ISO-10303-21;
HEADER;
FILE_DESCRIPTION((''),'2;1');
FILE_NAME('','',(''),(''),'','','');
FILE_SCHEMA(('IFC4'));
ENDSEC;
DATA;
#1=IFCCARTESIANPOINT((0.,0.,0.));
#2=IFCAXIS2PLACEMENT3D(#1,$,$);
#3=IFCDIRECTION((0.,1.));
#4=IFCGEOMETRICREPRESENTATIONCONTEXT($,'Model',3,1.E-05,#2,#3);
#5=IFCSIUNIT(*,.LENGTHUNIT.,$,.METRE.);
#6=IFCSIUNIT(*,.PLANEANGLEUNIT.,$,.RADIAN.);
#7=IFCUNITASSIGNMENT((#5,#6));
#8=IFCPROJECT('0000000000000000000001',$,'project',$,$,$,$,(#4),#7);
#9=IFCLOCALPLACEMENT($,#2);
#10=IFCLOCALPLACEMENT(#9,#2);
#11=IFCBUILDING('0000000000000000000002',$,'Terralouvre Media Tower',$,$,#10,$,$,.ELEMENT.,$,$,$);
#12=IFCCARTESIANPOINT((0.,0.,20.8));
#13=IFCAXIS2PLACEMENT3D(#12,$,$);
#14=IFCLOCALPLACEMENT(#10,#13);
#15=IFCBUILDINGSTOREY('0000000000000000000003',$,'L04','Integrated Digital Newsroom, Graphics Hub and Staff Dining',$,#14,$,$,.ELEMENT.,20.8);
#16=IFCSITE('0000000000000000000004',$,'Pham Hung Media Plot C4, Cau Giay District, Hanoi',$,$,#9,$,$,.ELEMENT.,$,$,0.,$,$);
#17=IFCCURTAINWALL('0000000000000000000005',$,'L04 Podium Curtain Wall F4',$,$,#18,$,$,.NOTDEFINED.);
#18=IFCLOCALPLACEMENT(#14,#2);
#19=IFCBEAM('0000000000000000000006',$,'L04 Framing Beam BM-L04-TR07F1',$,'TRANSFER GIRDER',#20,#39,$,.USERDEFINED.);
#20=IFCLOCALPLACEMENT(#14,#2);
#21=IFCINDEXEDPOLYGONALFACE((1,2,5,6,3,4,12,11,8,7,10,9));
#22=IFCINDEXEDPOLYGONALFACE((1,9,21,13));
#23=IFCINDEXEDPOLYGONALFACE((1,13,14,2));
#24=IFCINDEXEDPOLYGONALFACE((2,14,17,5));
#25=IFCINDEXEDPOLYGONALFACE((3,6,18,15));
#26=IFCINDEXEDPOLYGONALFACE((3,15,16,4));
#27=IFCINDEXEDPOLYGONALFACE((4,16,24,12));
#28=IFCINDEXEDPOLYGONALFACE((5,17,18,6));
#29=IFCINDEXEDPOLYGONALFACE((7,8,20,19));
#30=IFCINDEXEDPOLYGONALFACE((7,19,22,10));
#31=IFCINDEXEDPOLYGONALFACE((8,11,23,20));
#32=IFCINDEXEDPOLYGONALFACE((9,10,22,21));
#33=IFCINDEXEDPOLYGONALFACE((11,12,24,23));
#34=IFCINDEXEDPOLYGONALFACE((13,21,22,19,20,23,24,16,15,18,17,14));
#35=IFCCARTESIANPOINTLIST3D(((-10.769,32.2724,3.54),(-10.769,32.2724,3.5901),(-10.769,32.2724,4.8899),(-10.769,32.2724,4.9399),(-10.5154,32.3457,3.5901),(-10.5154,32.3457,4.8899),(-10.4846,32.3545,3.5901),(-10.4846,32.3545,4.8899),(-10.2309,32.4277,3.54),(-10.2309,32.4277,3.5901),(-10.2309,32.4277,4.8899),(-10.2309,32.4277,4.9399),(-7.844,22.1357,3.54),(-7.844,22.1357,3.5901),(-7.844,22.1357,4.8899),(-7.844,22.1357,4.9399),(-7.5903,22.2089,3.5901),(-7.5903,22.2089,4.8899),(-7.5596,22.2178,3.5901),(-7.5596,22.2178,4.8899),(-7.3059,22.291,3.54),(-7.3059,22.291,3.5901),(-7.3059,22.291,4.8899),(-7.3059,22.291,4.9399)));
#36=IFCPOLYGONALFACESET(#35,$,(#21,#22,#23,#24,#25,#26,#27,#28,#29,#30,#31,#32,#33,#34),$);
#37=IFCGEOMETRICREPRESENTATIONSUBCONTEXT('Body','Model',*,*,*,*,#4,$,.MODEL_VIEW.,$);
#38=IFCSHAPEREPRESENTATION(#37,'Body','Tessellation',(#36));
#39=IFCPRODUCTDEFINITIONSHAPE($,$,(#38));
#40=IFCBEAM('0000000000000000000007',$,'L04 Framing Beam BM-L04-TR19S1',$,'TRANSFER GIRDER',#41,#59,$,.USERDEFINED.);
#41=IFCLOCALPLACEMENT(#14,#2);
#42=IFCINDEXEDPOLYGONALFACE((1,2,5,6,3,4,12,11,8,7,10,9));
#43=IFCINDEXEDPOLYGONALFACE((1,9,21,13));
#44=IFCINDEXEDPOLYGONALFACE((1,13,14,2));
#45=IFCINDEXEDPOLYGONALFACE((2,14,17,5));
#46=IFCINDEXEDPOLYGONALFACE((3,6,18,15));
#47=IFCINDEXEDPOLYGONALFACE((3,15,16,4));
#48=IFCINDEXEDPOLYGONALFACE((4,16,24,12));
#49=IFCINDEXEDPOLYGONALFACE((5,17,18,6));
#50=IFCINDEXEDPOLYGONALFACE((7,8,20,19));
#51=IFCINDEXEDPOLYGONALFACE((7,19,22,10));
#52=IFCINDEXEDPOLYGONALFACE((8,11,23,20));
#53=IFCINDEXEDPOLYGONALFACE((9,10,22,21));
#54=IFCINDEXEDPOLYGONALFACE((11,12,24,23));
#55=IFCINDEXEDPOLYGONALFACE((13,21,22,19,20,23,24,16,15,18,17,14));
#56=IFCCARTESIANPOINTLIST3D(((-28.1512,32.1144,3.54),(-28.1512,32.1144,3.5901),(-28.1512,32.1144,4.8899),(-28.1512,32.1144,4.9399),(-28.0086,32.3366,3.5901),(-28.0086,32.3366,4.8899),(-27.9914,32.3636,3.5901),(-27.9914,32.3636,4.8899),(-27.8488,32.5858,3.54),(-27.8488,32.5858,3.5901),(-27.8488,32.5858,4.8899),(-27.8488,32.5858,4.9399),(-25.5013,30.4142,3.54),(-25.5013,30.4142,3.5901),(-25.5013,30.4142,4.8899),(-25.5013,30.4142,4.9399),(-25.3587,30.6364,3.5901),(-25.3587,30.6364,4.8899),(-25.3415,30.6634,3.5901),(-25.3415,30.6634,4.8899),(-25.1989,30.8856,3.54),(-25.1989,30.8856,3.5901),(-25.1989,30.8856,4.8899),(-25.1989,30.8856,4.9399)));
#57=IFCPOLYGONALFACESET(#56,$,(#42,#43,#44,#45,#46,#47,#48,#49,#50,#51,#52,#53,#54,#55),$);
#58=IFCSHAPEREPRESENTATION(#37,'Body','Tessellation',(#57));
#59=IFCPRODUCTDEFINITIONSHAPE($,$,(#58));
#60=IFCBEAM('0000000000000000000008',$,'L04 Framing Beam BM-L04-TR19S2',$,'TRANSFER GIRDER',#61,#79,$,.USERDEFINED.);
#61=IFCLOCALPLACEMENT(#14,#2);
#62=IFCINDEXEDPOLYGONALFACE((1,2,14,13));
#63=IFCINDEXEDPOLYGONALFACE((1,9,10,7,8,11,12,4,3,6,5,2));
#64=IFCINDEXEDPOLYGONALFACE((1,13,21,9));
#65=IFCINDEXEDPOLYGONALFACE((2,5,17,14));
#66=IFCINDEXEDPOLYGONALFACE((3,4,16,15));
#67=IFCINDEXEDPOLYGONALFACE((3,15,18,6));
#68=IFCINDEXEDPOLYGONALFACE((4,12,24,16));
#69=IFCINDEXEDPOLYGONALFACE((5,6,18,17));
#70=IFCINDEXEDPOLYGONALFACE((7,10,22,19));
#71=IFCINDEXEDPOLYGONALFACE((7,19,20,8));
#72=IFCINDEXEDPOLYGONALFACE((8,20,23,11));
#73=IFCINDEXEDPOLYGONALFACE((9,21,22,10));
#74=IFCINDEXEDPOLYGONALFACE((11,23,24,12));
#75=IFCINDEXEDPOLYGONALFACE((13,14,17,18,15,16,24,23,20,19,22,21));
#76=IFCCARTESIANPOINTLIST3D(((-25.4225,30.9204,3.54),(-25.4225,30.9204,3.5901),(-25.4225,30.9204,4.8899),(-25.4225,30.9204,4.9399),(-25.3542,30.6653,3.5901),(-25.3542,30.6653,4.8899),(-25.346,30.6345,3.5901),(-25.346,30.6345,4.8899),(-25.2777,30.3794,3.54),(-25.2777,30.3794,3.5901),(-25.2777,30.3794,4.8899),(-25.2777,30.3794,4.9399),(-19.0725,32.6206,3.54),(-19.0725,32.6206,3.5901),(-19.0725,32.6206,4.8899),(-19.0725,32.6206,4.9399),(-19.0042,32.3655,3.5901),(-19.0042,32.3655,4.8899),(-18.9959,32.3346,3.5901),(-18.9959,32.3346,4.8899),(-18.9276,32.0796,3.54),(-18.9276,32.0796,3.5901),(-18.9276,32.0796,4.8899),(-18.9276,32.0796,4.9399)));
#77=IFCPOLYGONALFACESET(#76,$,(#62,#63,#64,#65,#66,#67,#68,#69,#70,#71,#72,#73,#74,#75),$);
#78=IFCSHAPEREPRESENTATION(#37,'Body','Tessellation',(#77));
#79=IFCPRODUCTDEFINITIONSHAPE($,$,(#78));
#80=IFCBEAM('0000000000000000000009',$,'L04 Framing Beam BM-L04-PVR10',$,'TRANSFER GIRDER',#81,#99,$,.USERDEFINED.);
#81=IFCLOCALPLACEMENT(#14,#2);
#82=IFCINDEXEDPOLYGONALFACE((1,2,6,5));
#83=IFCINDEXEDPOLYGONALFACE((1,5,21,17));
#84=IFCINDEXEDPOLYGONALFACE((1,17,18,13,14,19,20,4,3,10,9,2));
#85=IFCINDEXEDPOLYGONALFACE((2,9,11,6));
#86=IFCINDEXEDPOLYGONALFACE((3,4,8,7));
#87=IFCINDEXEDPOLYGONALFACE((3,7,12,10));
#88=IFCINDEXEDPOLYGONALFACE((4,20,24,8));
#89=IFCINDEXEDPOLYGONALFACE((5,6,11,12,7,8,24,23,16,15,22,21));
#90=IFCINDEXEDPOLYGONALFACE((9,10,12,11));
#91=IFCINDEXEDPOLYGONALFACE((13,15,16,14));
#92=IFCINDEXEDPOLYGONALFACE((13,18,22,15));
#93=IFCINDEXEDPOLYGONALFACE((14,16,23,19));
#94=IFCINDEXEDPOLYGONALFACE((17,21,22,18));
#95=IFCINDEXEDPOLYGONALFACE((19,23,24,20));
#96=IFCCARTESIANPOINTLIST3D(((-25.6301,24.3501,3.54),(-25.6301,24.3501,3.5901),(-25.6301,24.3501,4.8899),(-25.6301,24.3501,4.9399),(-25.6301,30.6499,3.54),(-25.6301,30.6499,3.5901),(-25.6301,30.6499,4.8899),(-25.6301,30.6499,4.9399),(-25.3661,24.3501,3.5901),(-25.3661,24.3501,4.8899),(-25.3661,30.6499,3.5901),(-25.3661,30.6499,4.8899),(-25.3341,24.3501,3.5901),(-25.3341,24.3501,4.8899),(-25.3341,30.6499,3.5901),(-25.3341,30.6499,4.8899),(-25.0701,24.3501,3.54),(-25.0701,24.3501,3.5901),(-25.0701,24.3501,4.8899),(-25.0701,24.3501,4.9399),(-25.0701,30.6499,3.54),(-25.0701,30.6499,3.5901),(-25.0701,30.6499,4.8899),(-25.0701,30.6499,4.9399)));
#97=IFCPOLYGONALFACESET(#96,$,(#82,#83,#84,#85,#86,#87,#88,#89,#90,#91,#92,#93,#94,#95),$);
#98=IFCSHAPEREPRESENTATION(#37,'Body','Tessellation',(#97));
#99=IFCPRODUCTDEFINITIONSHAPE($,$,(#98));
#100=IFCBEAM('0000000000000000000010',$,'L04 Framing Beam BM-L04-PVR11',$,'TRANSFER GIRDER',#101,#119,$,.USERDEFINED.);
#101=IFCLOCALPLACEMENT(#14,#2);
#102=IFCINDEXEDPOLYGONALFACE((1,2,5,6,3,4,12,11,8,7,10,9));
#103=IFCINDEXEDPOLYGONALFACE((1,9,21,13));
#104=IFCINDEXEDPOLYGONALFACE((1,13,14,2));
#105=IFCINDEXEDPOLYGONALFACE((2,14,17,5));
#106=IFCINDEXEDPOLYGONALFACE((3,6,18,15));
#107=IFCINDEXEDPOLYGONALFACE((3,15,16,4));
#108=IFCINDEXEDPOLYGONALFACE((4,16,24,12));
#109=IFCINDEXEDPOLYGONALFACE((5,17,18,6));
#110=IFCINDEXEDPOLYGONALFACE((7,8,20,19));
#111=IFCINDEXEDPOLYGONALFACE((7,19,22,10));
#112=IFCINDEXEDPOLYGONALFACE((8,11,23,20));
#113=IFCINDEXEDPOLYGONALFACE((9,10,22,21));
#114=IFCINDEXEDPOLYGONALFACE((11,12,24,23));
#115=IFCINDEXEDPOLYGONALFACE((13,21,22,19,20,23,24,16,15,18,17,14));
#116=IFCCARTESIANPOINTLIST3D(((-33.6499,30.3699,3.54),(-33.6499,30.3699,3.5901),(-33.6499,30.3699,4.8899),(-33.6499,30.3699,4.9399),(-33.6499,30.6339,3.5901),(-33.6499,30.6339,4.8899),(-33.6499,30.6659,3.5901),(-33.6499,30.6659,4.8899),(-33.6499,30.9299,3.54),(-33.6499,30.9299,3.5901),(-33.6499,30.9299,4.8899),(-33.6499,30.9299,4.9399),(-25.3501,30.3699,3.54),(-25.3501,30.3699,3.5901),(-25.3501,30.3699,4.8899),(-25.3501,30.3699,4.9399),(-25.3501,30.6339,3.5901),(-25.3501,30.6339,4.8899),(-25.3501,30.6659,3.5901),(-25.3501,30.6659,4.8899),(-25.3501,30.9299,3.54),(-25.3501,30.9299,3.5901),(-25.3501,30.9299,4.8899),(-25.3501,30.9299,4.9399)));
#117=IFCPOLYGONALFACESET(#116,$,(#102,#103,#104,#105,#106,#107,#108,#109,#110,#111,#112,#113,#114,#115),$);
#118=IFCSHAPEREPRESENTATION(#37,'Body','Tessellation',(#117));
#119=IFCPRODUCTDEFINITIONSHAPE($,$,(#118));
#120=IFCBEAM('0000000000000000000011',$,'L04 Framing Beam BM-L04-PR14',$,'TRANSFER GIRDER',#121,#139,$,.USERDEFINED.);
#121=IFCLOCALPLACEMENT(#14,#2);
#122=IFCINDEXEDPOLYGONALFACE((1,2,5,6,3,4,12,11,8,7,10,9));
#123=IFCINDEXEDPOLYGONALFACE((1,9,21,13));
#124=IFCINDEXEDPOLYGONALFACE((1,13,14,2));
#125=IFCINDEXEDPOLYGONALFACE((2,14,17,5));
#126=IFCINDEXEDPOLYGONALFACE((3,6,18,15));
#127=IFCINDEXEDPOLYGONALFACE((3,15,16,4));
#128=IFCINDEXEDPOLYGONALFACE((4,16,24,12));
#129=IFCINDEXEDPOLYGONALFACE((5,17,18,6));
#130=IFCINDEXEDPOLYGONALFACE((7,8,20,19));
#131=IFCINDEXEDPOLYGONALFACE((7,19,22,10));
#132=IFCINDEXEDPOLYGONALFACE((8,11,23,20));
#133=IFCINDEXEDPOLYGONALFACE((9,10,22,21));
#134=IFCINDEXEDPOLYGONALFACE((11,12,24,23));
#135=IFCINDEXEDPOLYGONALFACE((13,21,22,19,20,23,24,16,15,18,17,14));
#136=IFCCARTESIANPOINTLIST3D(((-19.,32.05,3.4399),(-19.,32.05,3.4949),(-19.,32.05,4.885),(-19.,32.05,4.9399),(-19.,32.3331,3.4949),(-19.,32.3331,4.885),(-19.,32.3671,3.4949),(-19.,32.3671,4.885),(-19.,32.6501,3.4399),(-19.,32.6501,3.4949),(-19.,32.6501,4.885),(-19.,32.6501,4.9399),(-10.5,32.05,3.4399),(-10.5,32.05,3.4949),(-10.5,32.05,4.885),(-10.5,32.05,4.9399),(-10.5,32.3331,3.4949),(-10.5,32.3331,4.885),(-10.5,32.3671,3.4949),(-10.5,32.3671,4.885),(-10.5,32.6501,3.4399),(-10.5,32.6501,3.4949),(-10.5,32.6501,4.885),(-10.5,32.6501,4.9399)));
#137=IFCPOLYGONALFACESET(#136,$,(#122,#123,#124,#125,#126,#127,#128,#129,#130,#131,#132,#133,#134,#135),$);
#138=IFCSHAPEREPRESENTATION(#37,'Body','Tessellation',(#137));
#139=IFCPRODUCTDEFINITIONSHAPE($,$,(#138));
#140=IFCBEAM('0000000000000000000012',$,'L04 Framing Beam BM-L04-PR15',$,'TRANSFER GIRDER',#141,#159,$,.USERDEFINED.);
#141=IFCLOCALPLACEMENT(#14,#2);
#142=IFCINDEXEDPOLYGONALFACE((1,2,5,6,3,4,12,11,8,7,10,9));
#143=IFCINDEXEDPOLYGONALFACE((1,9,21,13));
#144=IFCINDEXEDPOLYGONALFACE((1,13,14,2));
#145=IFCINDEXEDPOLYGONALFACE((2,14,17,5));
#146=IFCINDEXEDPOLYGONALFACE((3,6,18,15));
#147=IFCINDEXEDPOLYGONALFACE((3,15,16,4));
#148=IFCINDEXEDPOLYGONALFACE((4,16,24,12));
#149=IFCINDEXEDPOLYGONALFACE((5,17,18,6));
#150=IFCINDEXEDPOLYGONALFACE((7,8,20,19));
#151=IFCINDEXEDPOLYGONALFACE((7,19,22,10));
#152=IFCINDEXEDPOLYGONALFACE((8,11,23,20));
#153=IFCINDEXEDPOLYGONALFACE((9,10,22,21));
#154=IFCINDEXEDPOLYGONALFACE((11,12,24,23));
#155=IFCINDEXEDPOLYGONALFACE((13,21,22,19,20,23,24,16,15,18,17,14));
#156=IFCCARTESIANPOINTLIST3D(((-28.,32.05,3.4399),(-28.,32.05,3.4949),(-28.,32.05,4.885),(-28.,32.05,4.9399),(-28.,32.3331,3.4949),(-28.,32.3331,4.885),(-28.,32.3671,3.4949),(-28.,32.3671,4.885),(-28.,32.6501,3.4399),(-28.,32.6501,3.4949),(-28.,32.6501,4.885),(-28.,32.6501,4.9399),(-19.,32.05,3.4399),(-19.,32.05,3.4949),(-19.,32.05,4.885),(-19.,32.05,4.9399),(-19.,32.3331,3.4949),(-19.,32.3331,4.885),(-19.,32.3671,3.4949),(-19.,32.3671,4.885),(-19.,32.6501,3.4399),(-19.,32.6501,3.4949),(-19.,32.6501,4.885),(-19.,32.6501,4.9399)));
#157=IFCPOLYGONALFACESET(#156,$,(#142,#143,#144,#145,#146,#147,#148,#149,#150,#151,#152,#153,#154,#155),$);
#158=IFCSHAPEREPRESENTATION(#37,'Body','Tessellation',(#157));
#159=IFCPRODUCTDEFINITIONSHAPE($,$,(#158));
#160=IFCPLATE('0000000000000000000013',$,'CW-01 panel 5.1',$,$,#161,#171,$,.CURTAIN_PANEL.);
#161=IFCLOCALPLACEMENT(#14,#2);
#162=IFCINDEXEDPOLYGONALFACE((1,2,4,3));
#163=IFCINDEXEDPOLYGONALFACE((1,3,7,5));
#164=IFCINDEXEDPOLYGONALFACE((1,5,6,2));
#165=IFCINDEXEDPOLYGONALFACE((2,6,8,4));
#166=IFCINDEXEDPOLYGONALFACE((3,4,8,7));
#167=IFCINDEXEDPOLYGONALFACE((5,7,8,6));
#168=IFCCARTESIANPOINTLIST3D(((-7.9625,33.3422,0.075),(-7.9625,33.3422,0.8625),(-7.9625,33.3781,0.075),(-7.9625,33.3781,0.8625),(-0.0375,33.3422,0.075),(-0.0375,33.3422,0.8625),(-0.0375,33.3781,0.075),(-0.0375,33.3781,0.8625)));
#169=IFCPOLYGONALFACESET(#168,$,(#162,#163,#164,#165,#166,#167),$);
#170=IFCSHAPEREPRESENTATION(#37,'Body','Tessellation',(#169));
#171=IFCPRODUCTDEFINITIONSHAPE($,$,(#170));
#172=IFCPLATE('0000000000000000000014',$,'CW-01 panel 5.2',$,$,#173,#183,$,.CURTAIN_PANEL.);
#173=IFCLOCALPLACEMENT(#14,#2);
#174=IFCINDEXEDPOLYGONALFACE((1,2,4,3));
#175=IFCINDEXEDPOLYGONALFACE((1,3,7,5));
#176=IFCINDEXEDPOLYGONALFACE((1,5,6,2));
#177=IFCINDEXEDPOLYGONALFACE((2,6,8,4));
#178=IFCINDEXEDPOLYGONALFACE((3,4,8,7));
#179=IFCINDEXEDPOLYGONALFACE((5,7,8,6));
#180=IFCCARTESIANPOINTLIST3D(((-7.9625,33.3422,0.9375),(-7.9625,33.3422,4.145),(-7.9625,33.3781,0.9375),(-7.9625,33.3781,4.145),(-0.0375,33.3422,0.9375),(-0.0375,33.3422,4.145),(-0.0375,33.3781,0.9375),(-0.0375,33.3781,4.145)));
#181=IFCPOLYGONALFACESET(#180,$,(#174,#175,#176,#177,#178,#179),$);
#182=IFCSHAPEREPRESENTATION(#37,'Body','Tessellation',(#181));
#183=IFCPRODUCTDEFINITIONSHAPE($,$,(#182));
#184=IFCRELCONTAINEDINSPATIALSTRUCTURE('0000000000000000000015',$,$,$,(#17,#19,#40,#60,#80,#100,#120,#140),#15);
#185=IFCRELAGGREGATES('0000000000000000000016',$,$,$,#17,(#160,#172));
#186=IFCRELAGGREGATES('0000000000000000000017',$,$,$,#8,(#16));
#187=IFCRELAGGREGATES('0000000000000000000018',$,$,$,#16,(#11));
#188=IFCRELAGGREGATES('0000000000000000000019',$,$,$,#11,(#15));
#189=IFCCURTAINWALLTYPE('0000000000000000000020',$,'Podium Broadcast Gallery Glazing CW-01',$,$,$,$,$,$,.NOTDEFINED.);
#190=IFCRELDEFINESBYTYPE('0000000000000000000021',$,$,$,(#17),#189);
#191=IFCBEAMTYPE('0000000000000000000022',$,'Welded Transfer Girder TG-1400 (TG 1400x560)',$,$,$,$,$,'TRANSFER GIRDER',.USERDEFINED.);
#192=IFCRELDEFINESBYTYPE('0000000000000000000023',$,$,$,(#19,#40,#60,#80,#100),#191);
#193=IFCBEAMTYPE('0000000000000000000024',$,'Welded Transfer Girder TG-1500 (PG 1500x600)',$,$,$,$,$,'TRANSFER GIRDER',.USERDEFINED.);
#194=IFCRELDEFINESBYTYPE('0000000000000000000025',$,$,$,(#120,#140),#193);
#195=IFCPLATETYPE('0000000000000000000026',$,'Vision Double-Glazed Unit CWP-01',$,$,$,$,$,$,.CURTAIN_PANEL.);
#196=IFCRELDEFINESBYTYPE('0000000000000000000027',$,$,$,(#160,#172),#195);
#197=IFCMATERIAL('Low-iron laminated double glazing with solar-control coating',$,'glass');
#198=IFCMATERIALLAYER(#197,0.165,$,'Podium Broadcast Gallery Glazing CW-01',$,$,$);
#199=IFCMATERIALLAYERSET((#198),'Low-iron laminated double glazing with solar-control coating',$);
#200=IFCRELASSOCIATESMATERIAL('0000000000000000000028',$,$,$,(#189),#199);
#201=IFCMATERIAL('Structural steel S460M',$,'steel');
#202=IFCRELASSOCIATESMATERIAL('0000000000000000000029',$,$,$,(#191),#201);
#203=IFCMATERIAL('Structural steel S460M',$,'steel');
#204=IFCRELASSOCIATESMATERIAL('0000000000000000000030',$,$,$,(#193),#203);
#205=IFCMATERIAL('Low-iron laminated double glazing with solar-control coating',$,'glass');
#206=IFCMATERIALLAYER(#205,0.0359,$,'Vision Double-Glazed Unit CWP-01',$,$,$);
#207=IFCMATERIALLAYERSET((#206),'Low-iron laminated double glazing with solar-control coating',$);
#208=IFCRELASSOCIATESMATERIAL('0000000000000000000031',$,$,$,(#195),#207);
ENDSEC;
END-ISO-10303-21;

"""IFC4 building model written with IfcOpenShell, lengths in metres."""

from ifc_helpers import new_model, si_unit, direction, frame, origin, origin_2d, place, context, subcontext, project, spatial, rectangle, i_section, extrude, material, layer, layer_set, material_profile, profile_set, type_object, element, aggregate, save


model = new_model("IFC4")

# Units and contexts
model_context = context("Model", 3, precision=1e-05, world=origin(), true_north=direction((0.0, 1.0)))
body_context = subcontext(model_context, "Body", "Model", "MODEL_VIEW")
ifc_project = project(units=[si_unit("LENGTHUNIT", "METRE"), si_unit("PLANEANGLEUNIT", "RADIAN")], contexts=[model_context])

# Site, building, storey
site_placement = place(None, origin())
site = spatial("IfcSite", under=ifc_project, at=site_placement, Name="Pham Hung Media Plot C4, Cau Giay District, Hanoi", CompositionType="ELEMENT", RefElevation=0.0)
building_placement = place(site_placement, origin())
building = spatial("IfcBuilding", under=site, at=building_placement, Name="Terralouvre Media Tower", CompositionType="ELEMENT")
storey_placement = place(building_placement, frame((0.0, 0.0, 20.8)))
storey = spatial("IfcBuildingStorey", under=building, at=storey_placement, Name="L04", Description="Integrated Digital Newsroom, Graphics Hub and Staff Dining", CompositionType="ELEMENT", Elevation=20.8)

# Curtain wall
ifc_material_1 = material(Name="Low-iron laminated double glazing with solar-control coating", Category="glass")
ifc_layer_1 = layer(ifc_material_1, 0.165, Name="Podium Broadcast Gallery Glazing CW-01")
ifc_layer_set_1 = layer_set([ifc_layer_1], Name="Low-iron laminated double glazing with solar-control coating")
curtain_wall_type = type_object("IfcCurtainWallType", Name="Podium Broadcast Gallery Glazing CW-01", PredefinedType="NOTDEFINED", material=ifc_layer_set_1)
curtain_wall_placement = place(storey_placement, origin())
curtain_wall = element("IfcCurtainWall", 1, at=curtain_wall_placement, inside=storey, type_object=curtain_wall_type, Name="L04 Podium Curtain Wall F4", PredefinedType="NOTDEFINED")

# Beams
ifc_material_2 = material(Name="Structural steel S460M", Category="steel")
ifc_material_profile_1 = material_profile(ifc_material_2, i_section(OverallWidth=0.5601, OverallDepth=1.3999, WebThickness=0.032, FlangeThickness=0.05, at=origin_2d()), Name="TG 1400x560")
ifc_profile_set_1 = profile_set([ifc_material_profile_1], Name="Structural steel S460M")
beam_type_1 = type_object("IfcBeamType", Name="Welded Transfer Girder TG-1400 (TG 1400x560)", ElementType="TRANSFER GIRDER", PredefinedType="USERDEFINED", material=ifc_profile_set_1)
beam_1_placement = place(storey_placement, frame((-7.575, 22.2134, 4.24), z_axis=(-0.277248, 0.960798, 0.0), x_axis=(-0.960798, -0.277248, 0.0)))
element("IfcBeam", 2, at=beam_1_placement, inside=storey, type_object=beam_type_1, Name="L04 Framing Beam BM-L04-TR07F1", ObjectType="TRANSFER GIRDER", PredefinedType="USERDEFINED", context=body_context, shape_type="SweptSolid", body=[
    extrude(i_section(OverallWidth=0.5601, OverallDepth=1.3999, WebThickness=0.032, FlangeThickness=0.05, at=origin_2d()), origin(), (0.0, 0.0, 1.0), 10.5503),
])
beam_2_placement = place(storey_placement, frame((-25.3501, 30.6499, 4.24), z_axis=(-0.841657, 0.540013, 0.0), x_axis=(-0.540013, -0.841657, 0.0)))
element("IfcBeam", 3, at=beam_2_placement, inside=storey, type_object=beam_type_1, Name="L04 Framing Beam BM-L04-TR19S1", ObjectType="TRANSFER GIRDER", PredefinedType="USERDEFINED", context=body_context, shape_type="SweptSolid", body=[
    extrude(i_section(OverallWidth=0.5601, OverallDepth=1.3999, WebThickness=0.032, FlangeThickness=0.05, at=origin_2d()), origin(), (0.0, 0.0, 1.0), 3.1484),
])
beam_3_placement = place(storey_placement, frame((-25.3501, 30.6499, 4.24), z_axis=(0.965976, 0.258633, 0.0), x_axis=(-0.258633, 0.965976, 0.0)))
element("IfcBeam", 4, at=beam_3_placement, inside=storey, type_object=beam_type_1, Name="L04 Framing Beam BM-L04-TR19S2", ObjectType="TRANSFER GIRDER", PredefinedType="USERDEFINED", context=body_context, shape_type="SweptSolid", body=[
    extrude(i_section(OverallWidth=0.5601, OverallDepth=1.3999, WebThickness=0.032, FlangeThickness=0.05, at=origin_2d()), origin(), (0.0, 0.0, 1.0), 6.5737),
])
beam_4_placement = place(storey_placement, frame((-25.3501, 24.3501, 4.24), z_axis=(0.0, 1.0, 0.0), x_axis=(-1.0, 0.0, 0.0)))
element("IfcBeam", 5, at=beam_4_placement, inside=storey, type_object=beam_type_1, Name="L04 Framing Beam BM-L04-PVR10", ObjectType="TRANSFER GIRDER", PredefinedType="USERDEFINED", context=body_context, shape_type="SweptSolid", body=[
    extrude(i_section(OverallWidth=0.5601, OverallDepth=1.3999, WebThickness=0.032, FlangeThickness=0.05, at=origin_2d()), origin(), (0.0, 0.0, 1.0), 6.2998),
])
beam_5_placement = place(storey_placement, frame((-25.3501, 30.6499, 4.24), z_axis=(-1.0, 0.0, 0.0), x_axis=(0.0, -1.0, 0.0)))
element("IfcBeam", 6, at=beam_5_placement, inside=storey, type_object=beam_type_1, Name="L04 Framing Beam BM-L04-PVR11", ObjectType="TRANSFER GIRDER", PredefinedType="USERDEFINED", context=body_context, shape_type="SweptSolid", body=[
    extrude(i_section(OverallWidth=0.5601, OverallDepth=1.3999, WebThickness=0.032, FlangeThickness=0.05, at=origin_2d()), origin(), (0.0, 0.0, 1.0), 8.2998),
])
ifc_material_3 = material(Name="Structural steel S460M", Category="steel")
ifc_material_profile_2 = material_profile(ifc_material_3, i_section(OverallWidth=0.6001, OverallDepth=1.5, WebThickness=0.0339, FlangeThickness=0.0549, at=origin_2d()), Name="PG 1500x600")
ifc_profile_set_2 = profile_set([ifc_material_profile_2], Name="Structural steel S460M")
beam_type_2 = type_object("IfcBeamType", Name="Welded Transfer Girder TG-1500 (PG 1500x600)", ElementType="TRANSFER GIRDER", PredefinedType="USERDEFINED", material=ifc_profile_set_2)
beam_6_placement = place(storey_placement, frame((-10.5, 32.3501, 4.1899), z_axis=(-1.0, 0.0, 0.0), x_axis=(0.0, -1.0, 0.0)))
element("IfcBeam", 7, at=beam_6_placement, inside=storey, type_object=beam_type_2, Name="L04 Framing Beam BM-L04-PR14", ObjectType="TRANSFER GIRDER", PredefinedType="USERDEFINED", context=body_context, shape_type="SweptSolid", body=[
    extrude(i_section(OverallWidth=0.6001, OverallDepth=1.5, WebThickness=0.0339, FlangeThickness=0.0549, at=origin_2d()), origin(), (0.0, 0.0, 1.0), 8.5),
])
beam_7_placement = place(storey_placement, frame((-19.0, 32.3501, 4.1899), z_axis=(-1.0, 0.0, 0.0), x_axis=(0.0, -1.0, 0.0)))
element("IfcBeam", 8, at=beam_7_placement, inside=storey, type_object=beam_type_2, Name="L04 Framing Beam BM-L04-PR15", ObjectType="TRANSFER GIRDER", PredefinedType="USERDEFINED", context=body_context, shape_type="SweptSolid", body=[
    extrude(i_section(OverallWidth=0.6001, OverallDepth=1.5, WebThickness=0.0339, FlangeThickness=0.0549, at=origin_2d()), origin(), (0.0, 0.0, 1.0), 9.0),
])

# Plates
ifc_material_4 = material(Name="Low-iron laminated double glazing with solar-control coating", Category="glass")
ifc_layer_2 = layer(ifc_material_4, 0.0359, Name="Vision Double-Glazed Unit CWP-01")
ifc_layer_set_2 = layer_set([ifc_layer_2], Name="Low-iron laminated double glazing with solar-control coating")
plate_type = type_object("IfcPlateType", Name="Vision Double-Glazed Unit CWP-01", PredefinedType="CURTAIN_PANEL", material=ifc_layer_set_2)
plate_1_placement = place(storey_placement, frame((-4.0, 33.3601, 0.075), z_axis=(0.0, 0.0, 1.0), x_axis=(-1.0, 0.0, 0.0)))
plate_1 = element("IfcPlate", 9, at=plate_1_placement, type_object=plate_type, Name="CW-01 panel 5.1", PredefinedType="CURTAIN_PANEL", context=body_context, shape_type="SweptSolid", body=[
    extrude(rectangle(XDim=7.925, YDim=0.0359, at=origin_2d()), origin(), (0.0, 0.0, 1.0), 0.7876),
])
plate_2_placement = place(storey_placement, frame((-4.0, 33.3601, 0.9375), z_axis=(0.0, 0.0, 1.0), x_axis=(-1.0, 0.0, 0.0)))
plate_2 = element("IfcPlate", 10, at=plate_2_placement, type_object=plate_type, Name="CW-01 panel 5.2", PredefinedType="CURTAIN_PANEL", context=body_context, shape_type="SweptSolid", body=[
    extrude(rectangle(XDim=7.925, YDim=0.0359, at=origin_2d()), origin(), (0.0, 0.0, 1.0), 3.2075),
])
aggregate(curtain_wall, [plate_1, plate_2])

save(model, "model.ifc")
